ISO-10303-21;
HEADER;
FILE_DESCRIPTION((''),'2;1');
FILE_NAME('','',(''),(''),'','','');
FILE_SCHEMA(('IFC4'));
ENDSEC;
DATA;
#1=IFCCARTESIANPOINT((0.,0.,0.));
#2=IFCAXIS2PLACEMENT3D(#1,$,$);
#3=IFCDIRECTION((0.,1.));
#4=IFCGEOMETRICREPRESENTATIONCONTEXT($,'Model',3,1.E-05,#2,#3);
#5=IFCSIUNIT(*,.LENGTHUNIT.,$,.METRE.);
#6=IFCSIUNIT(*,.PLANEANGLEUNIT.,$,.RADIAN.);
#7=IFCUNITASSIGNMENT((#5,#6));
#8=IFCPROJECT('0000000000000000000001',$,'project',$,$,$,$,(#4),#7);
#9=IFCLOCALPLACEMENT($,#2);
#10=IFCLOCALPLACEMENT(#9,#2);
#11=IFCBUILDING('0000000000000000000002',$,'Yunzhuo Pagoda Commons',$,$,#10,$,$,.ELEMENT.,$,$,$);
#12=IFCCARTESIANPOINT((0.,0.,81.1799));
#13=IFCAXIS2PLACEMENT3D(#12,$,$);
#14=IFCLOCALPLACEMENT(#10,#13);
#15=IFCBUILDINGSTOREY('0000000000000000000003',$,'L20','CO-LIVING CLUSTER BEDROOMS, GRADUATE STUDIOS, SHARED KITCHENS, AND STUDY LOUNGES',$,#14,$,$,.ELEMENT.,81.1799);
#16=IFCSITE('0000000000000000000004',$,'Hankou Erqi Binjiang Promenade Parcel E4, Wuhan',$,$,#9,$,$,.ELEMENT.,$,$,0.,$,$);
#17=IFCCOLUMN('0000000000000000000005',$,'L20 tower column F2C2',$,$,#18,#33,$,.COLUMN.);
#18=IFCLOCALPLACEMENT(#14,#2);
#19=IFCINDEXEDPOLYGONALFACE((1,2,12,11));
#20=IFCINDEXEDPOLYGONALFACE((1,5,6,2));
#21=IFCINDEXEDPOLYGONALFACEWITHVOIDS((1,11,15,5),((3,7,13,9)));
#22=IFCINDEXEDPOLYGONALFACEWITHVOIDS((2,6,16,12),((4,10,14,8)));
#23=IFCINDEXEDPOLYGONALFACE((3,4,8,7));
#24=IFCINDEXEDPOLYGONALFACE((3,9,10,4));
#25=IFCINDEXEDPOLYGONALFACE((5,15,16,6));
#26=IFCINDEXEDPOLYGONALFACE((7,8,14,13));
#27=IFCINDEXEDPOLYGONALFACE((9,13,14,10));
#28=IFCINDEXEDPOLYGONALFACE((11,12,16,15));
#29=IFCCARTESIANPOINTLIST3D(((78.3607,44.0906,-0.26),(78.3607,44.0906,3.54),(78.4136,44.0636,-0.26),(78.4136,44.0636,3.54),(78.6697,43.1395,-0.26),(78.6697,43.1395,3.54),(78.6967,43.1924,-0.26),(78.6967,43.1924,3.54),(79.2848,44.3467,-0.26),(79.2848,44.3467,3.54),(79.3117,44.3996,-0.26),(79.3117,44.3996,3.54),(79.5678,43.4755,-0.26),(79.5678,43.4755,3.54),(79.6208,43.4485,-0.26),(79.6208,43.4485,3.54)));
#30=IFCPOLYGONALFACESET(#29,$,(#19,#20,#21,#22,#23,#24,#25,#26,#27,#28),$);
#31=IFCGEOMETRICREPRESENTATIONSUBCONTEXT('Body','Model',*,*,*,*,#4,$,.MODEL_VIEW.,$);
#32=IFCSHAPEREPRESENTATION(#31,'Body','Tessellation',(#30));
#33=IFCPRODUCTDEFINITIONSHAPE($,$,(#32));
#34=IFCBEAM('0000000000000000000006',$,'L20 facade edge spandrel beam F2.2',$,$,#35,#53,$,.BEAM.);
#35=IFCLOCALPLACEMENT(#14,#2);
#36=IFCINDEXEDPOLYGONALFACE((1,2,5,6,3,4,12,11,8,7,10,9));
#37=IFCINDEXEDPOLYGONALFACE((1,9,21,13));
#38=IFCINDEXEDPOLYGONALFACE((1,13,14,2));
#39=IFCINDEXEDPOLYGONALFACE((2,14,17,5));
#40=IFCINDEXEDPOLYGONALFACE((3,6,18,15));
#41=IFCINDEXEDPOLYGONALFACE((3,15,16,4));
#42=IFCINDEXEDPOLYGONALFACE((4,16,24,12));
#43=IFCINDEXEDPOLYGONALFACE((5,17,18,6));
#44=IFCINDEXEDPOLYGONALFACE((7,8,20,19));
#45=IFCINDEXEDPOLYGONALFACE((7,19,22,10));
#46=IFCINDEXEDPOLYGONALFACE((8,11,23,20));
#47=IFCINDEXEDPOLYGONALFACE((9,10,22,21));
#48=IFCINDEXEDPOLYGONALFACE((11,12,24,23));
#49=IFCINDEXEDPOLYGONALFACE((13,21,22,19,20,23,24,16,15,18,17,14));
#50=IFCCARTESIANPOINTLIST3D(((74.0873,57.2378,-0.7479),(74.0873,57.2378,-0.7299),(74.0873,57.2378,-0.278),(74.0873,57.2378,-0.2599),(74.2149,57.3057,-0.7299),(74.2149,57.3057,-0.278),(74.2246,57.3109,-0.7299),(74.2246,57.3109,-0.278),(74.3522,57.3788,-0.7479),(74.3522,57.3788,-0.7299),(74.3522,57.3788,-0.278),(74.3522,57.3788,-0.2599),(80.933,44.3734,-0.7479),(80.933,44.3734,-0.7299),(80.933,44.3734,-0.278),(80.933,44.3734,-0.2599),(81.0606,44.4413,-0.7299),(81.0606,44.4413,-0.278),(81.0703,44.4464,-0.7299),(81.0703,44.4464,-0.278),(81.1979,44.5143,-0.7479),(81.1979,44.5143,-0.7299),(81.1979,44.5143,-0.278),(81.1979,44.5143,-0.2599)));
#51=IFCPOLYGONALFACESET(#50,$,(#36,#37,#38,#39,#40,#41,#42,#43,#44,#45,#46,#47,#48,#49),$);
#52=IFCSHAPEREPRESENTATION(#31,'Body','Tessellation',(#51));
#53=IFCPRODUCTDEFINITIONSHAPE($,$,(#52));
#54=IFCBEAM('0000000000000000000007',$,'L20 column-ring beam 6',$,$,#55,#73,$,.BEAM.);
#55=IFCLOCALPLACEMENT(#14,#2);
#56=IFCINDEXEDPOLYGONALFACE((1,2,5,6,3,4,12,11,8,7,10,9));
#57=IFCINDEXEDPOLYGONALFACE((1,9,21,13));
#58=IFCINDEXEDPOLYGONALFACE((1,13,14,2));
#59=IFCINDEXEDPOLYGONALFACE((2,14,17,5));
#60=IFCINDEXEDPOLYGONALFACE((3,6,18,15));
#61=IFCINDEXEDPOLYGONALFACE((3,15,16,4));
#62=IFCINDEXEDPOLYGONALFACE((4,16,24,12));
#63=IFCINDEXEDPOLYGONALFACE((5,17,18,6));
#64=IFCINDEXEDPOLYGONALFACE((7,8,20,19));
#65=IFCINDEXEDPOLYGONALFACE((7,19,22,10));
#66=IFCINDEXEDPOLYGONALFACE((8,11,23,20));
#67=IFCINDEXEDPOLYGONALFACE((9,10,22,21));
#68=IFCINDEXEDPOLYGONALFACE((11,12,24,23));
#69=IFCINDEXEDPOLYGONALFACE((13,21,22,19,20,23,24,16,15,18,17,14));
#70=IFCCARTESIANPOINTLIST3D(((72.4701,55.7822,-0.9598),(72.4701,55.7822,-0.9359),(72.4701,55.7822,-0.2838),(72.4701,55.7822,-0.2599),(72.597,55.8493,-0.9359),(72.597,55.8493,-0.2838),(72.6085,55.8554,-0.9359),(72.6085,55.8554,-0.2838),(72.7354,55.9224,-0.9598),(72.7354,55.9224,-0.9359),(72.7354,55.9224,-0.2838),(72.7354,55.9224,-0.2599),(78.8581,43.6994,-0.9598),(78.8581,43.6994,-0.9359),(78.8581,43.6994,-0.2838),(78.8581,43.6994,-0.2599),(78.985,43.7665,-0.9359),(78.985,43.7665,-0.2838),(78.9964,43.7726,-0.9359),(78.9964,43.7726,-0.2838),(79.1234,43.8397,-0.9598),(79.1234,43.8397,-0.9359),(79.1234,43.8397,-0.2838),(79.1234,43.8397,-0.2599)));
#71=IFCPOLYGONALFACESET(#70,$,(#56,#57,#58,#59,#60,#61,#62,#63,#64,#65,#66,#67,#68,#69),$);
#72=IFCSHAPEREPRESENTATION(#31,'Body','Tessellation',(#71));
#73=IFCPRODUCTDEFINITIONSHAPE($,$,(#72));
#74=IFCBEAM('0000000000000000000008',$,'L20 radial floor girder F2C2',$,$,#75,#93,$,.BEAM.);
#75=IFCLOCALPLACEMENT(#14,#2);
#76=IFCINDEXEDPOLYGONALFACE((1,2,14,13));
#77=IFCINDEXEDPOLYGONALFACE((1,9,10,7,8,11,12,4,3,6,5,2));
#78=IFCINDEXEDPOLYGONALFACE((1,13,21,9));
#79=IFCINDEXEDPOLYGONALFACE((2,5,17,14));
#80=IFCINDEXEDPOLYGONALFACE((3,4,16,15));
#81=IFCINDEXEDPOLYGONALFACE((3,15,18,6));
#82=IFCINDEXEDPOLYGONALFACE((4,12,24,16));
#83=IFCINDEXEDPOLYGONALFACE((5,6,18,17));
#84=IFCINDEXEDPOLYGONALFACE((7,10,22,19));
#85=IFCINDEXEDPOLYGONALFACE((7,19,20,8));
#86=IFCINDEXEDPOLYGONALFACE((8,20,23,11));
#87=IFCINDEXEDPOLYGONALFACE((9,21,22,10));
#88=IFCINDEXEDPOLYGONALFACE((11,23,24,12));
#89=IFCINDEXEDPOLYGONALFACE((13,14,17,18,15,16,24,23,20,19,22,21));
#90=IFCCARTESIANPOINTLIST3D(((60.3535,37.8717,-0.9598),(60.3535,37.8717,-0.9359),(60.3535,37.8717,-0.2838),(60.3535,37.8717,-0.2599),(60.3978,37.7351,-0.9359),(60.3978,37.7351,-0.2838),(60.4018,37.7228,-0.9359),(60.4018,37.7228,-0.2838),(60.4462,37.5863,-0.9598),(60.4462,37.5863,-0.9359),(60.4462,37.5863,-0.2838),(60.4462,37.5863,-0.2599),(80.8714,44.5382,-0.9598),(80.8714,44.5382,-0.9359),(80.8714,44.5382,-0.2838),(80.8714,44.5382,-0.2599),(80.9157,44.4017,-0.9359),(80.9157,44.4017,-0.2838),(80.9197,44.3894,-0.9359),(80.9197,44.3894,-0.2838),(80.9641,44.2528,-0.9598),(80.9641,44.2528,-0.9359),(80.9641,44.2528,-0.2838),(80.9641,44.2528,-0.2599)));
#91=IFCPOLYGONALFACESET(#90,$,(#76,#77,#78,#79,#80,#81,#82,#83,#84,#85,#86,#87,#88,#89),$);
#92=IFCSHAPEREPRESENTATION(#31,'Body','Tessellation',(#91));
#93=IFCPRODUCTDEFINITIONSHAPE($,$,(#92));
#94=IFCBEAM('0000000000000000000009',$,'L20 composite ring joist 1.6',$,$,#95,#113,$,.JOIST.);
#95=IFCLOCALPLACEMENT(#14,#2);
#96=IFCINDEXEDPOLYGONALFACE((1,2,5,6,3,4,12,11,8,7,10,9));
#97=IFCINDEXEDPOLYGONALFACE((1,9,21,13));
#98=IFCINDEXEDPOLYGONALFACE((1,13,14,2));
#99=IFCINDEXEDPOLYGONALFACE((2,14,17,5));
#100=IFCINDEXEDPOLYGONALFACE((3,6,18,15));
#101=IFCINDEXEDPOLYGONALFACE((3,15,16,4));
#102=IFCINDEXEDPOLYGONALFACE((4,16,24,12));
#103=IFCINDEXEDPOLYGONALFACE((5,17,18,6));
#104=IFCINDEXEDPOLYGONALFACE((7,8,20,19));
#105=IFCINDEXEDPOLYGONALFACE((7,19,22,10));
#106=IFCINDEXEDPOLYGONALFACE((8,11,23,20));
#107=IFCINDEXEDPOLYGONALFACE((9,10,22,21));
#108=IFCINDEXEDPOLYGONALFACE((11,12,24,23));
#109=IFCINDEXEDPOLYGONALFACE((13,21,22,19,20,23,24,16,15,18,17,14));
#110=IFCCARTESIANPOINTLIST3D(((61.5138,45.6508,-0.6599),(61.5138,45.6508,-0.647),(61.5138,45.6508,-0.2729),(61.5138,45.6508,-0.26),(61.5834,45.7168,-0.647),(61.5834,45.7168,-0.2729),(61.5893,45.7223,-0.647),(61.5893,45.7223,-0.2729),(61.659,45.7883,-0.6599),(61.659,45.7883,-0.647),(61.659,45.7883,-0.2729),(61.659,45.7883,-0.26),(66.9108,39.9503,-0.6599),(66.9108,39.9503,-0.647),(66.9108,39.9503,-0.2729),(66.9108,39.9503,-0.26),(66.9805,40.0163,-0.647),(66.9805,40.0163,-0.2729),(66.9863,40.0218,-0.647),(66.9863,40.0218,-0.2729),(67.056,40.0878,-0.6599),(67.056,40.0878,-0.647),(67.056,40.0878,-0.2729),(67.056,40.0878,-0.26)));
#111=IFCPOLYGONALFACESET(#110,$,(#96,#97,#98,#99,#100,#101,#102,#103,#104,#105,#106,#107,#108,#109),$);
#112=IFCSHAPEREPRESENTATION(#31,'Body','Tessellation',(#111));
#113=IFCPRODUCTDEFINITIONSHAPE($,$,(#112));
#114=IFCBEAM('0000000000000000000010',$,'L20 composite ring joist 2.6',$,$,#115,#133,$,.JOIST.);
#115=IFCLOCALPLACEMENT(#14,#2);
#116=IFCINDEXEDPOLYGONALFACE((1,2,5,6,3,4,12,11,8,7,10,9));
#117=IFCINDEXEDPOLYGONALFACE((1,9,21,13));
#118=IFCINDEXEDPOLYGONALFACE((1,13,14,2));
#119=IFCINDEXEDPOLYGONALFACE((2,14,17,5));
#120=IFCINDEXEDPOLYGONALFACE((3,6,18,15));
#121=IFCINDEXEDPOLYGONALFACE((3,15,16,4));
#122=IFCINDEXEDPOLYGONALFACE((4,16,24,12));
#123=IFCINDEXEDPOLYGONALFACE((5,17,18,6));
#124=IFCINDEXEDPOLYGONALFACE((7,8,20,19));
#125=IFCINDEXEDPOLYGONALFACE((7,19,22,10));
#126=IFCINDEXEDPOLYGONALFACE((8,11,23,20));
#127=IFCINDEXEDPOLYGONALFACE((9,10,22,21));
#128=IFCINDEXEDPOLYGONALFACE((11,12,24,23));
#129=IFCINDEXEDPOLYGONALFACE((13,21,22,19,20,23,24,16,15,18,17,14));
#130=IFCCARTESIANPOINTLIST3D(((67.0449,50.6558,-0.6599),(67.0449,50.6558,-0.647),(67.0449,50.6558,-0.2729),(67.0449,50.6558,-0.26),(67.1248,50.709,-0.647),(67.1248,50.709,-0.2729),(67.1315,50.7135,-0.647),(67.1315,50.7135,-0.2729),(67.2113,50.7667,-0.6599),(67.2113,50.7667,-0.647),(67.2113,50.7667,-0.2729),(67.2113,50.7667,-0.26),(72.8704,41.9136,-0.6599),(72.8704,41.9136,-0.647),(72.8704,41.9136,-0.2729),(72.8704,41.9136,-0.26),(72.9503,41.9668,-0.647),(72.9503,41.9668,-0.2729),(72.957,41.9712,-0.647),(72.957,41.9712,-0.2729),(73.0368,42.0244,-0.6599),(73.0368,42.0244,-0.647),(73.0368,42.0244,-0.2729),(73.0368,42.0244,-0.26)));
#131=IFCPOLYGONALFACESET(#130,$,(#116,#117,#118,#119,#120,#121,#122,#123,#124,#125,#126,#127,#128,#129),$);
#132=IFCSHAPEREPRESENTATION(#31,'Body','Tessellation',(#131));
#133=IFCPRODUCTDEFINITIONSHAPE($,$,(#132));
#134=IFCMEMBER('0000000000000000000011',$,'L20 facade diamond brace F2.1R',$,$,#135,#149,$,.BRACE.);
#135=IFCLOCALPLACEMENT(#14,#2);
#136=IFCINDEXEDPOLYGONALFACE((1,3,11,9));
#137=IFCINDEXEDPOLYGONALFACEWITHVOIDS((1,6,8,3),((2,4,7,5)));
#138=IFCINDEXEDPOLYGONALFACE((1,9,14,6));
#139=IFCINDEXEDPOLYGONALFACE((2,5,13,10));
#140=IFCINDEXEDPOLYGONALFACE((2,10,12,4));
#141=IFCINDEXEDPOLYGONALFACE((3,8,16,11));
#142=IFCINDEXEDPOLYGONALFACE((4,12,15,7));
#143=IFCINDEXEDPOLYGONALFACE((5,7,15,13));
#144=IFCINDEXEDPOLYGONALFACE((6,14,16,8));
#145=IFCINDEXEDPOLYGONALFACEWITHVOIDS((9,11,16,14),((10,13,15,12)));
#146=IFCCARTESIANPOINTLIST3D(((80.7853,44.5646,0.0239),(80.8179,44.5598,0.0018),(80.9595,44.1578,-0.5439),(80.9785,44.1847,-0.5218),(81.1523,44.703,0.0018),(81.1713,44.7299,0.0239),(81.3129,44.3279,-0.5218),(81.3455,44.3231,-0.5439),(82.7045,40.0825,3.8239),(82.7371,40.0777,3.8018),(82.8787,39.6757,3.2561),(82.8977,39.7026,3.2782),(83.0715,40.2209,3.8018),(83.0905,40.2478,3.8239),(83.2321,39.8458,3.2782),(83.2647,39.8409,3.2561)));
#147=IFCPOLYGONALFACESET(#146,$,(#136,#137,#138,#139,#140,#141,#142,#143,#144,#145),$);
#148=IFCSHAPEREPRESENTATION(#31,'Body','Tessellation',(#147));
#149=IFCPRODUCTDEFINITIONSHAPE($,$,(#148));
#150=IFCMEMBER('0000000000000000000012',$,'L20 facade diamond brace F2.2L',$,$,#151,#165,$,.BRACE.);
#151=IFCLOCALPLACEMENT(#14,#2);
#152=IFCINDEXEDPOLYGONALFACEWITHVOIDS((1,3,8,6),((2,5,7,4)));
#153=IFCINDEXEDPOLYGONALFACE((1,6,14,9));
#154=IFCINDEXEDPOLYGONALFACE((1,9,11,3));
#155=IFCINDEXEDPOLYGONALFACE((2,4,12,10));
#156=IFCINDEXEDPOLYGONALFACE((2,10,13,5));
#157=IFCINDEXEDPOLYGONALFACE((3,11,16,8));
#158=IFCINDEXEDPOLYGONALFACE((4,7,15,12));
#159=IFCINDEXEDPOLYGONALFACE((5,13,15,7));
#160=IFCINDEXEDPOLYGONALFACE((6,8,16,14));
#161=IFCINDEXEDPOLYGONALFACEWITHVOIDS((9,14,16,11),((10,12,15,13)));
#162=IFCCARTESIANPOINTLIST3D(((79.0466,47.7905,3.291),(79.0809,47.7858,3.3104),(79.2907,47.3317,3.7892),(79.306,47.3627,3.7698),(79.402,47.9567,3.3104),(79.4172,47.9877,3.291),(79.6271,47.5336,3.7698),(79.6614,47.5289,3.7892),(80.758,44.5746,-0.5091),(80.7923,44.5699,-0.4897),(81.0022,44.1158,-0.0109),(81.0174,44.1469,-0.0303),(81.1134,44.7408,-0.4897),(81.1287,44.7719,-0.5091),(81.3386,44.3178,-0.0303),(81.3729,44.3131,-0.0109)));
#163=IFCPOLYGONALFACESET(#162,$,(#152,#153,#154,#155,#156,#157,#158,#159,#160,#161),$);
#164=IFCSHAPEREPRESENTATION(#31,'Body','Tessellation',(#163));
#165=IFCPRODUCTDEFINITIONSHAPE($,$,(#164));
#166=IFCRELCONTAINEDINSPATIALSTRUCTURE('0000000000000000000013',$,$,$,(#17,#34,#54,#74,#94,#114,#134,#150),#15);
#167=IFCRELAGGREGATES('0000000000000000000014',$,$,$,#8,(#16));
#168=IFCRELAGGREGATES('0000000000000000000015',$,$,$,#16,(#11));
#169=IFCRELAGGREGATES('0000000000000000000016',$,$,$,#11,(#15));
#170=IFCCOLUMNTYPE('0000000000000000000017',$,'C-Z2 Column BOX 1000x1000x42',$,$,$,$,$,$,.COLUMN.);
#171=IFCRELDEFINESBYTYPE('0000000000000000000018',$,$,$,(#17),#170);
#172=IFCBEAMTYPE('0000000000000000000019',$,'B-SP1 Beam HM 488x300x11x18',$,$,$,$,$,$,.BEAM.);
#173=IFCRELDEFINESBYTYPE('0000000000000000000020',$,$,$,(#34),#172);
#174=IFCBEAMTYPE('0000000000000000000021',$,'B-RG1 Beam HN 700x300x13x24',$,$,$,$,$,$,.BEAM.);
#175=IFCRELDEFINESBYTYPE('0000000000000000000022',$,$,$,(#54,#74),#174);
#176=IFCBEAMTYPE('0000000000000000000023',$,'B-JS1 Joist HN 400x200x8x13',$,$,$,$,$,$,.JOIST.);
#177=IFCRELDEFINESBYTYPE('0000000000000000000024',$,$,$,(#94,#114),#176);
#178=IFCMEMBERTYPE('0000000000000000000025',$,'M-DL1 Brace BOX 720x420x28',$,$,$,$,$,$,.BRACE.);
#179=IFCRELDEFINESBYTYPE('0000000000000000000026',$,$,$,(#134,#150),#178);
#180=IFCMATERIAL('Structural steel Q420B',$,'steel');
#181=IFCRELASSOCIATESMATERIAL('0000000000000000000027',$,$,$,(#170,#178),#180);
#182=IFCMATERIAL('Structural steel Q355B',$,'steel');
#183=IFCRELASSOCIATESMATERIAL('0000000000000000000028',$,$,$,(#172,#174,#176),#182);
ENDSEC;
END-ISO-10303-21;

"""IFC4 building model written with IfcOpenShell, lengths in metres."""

from ifc_helpers import new_model, si_unit, direction, frame, origin, origin_2d, place, context, subcontext, project, spatial, hollow_rectangle, i_section, extrude, source, transform, mapped, material, material_profile, profile_set, type_object, element, save


model = new_model("IFC4")

# Units and contexts
model_context = context("Model", 3, precision=1e-05, world=origin(), true_north=direction((0.0, 1.0)))
body_context = subcontext(model_context, "Body", "Model", "MODEL_VIEW")
ifc_project = project(units=[si_unit("LENGTHUNIT", "METRE"), si_unit("PLANEANGLEUNIT", "RADIAN")], contexts=[model_context])

# Site, building, storey
site_placement = place(None, origin())
site = spatial("IfcSite", under=ifc_project, at=site_placement, Name="Hankou Erqi Binjiang Promenade Parcel E4, Wuhan", CompositionType="ELEMENT", RefElevation=0.0)
building_placement = place(site_placement, origin())
building = spatial("IfcBuilding", under=site, at=building_placement, Name="Yunzhuo Pagoda Commons", CompositionType="ELEMENT")
storey_placement = place(building_placement, frame((0.0, 0.0, 81.1799)))
storey = spatial("IfcBuildingStorey", under=building, at=storey_placement, Name="L20", Description="CO-LIVING CLUSTER BEDROOMS, GRADUATE STUDIOS, SHARED KITCHENS, AND STUDY LOUNGES", CompositionType="ELEMENT", Elevation=81.1799)

# Column
ifc_material_1 = material(Name="Structural steel Q420B", Category="steel")
ifc_material_profile_1 = material_profile(ifc_material_1, hollow_rectangle(XDim=1.0, YDim=1.0, WallThickness=0.042, at=origin_2d()), Name="Structural steel Q420B")
ifc_profile_set_1 = profile_set([ifc_material_profile_1], Name="Structural steel Q420B")
column_type = type_object("IfcColumnType", Name="C-Z2 Column BOX 1000x1000x42", PredefinedType="COLUMN", material=ifc_profile_set_1)
shared_shape_1 = source(origin(), body_context, "Body", "SweptSolid", [
    extrude(hollow_rectangle(XDim=1.0, YDim=1.0, WallThickness=0.042, at=origin_2d()), origin(), (0.0, 0.0, 1.0), 3.8),
])
column_placement = place(storey_placement, frame((78.9907, 43.7695, -0.26), z_axis=(0.0, 0.0, 1.0), x_axis=(-0.309017, 0.951057, 0.0)))
element("IfcColumn", 1, at=column_placement, inside=storey, type_object=column_type, Name="L20 tower column F2C2", PredefinedType="COLUMN", context=body_context, shape_type="MappedRepresentation", body=[
    mapped(shared_shape_1, transform((0.0, 0.0, 0.0), scale=1.0)),
])

# Beams
ifc_material_2 = material(Name="Structural steel Q355B", Category="steel")
ifc_material_profile_2 = material_profile(ifc_material_2, i_section(OverallWidth=0.3, OverallDepth=0.488, WebThickness=0.011, FlangeThickness=0.0181, at=origin_2d()), Name="Structural steel Q355B")
ifc_profile_set_2 = profile_set([ifc_material_profile_2], Name="Structural steel Q355B")
beam_type_1 = type_object("IfcBeamType", Name="B-SP1 Beam HM 488x300x11x18", PredefinedType="BEAM", material=ifc_profile_set_2)
shared_shape_2 = source(origin(), body_context, "Body", "SweptSolid", [
    extrude(i_section(OverallWidth=0.3, OverallDepth=0.488, WebThickness=0.011, FlangeThickness=0.0181, at=origin_2d()), origin(), (0.0, 0.0, 1.0), 14.5725),
])
beam_1_placement = place(storey_placement, frame((81.0654, 44.4438, -0.5039), z_axis=(-0.469767, 0.88279, 0.0), x_axis=(-0.88279, -0.469767, 0.0)))
element("IfcBeam", 2, at=beam_1_placement, inside=storey, type_object=beam_type_1, Name="L20 facade edge spandrel beam F2.2", PredefinedType="BEAM", context=body_context, shape_type="MappedRepresentation", body=[
    mapped(shared_shape_2, transform((0.0, 0.0, 0.0), scale=1.0)),
])
ifc_material_profile_3 = material_profile(ifc_material_2, i_section(OverallWidth=0.3, OverallDepth=0.7, WebThickness=0.0129, FlangeThickness=0.0239, at=origin_2d()), Name="Structural steel Q355B")
ifc_profile_set_3 = profile_set([ifc_material_profile_3], Name="Structural steel Q355B")
beam_type_2 = type_object("IfcBeamType", Name="B-RG1 Beam HN 700x300x13x24", PredefinedType="BEAM", material=ifc_profile_set_3)
shared_shape_3 = source(origin(), body_context, "Body", "SweptSolid", [
    extrude(i_section(OverallWidth=0.3, OverallDepth=0.7, WebThickness=0.0129, FlangeThickness=0.0239, at=origin_2d()), origin(), (0.0, 0.0, 1.0), 13.6675),
])
beam_2_placement = place(storey_placement, frame((78.9907, 43.7695, -0.6099), z_axis=(-0.467384, 0.884055, 0.0), x_axis=(-0.884055, -0.467384, 0.0)))
element("IfcBeam", 3, at=beam_2_placement, inside=storey, type_object=beam_type_2, Name="L20 column-ring beam 6", PredefinedType="BEAM", context=body_context, shape_type="MappedRepresentation", body=[
    mapped(shared_shape_3, transform((0.0, 0.0, 0.0), scale=1.0)),
])
shared_shape_4 = source(origin(), body_context, "Body", "SweptSolid", [
    extrude(i_section(OverallWidth=0.3, OverallDepth=0.7, WebThickness=0.0129, FlangeThickness=0.0239, at=origin_2d()), origin(), (0.0, 0.0, 1.0), 21.5737),
])
beam_3_placement = place(storey_placement, frame((80.9177, 44.3955, -0.6099), z_axis=(-0.951058, -0.309011, 0.0), x_axis=(0.309011, -0.951058, 0.0)))
element("IfcBeam", 4, at=beam_3_placement, inside=storey, type_object=beam_type_2, Name="L20 radial floor girder F2C2", PredefinedType="BEAM", context=body_context, shape_type="MappedRepresentation", body=[
    mapped(shared_shape_4, transform((0.0, 0.0, 0.0), scale=1.0)),
])
ifc_material_profile_4 = material_profile(ifc_material_2, i_section(OverallWidth=0.2, OverallDepth=0.3999, WebThickness=0.0081, FlangeThickness=0.0129, at=origin_2d()), Name="Structural steel Q355B")
ifc_profile_set_4 = profile_set([ifc_material_profile_4], Name="Structural steel Q355B")
beam_type_3 = type_object("IfcBeamType", Name="B-JS1 Joist HN 400x200x8x13", PredefinedType="JOIST", material=ifc_profile_set_4)
shared_shape_5 = source(origin(), body_context, "Body", "SweptSolid", [
    extrude(i_section(OverallWidth=0.2, OverallDepth=0.3999, WebThickness=0.0081, FlangeThickness=0.0129, at=origin_2d()), origin(), (0.0, 0.0, 1.0), 7.8501),
])
beam_4_placement = place(storey_placement, frame((66.9834, 40.019, -0.46), z_axis=(-0.687513, 0.726172, 0.0), x_axis=(-0.726172, -0.687513, 0.0)))
element("IfcBeam", 5, at=beam_4_placement, inside=storey, type_object=beam_type_3, Name="L20 composite ring joist 1.6", PredefinedType="JOIST", context=body_context, shape_type="MappedRepresentation", body=[
    mapped(shared_shape_5, transform((0.0, 0.0, 0.0), scale=1.0)),
])
shared_shape_6 = source(origin(), body_context, "Body", "SweptSolid", [
    extrude(i_section(OverallWidth=0.2, OverallDepth=0.3999, WebThickness=0.0081, FlangeThickness=0.0129, at=origin_2d()), origin(), (0.0, 0.0, 1.0), 10.5054),
])
beam_5_placement = place(storey_placement, frame((72.9536, 41.969, -0.46), z_axis=(-0.554523, 0.832168, 0.0), x_axis=(-0.832168, -0.554523, 0.0)))
element("IfcBeam", 6, at=beam_5_placement, inside=storey, type_object=beam_type_3, Name="L20 composite ring joist 2.6", PredefinedType="JOIST", context=body_context, shape_type="MappedRepresentation", body=[
    mapped(shared_shape_6, transform((0.0, 0.0, 0.0), scale=1.0)),
])

# Members
ifc_material_profile_5 = material_profile(ifc_material_1, hollow_rectangle(XDim=0.4199, YDim=0.72, WallThickness=0.0281, at=origin_2d()), Name="Structural steel Q420B")
ifc_profile_set_5 = profile_set([ifc_material_profile_5], Name="Structural steel Q420B")
member_type_1 = type_object("IfcMemberType", Name="M-DL1 Brace BOX 720x420x28", PredefinedType="BRACE", material=ifc_profile_set_5)
shared_shape_7 = source(origin(), body_context, "Body", "SweptSolid", [
    extrude(hollow_rectangle(XDim=0.4199, YDim=0.72, WallThickness=0.0281, at=origin_2d()), origin(), (0.0, 0.0, 1.0), 6.1816),
])
member_1_placement = place(storey_placement, frame((81.0654, 44.4438, -0.26), z_axis=(0.310462, -0.72507, 0.614724), x_axis=(0.919274, 0.393617, 0.0)))
element("IfcMember", 7, at=member_1_placement, inside=storey, type_object=member_type_1, Name="L20 facade diamond brace F2.1R", PredefinedType="BRACE", context=body_context, shape_type="MappedRepresentation", body=[
    mapped(shared_shape_7, transform((0.0, 0.0, 0.0), scale=1.0)),
])
shared_shape_8 = source(origin(), body_context, "Body", "SweptSolid", [
    extrude(hollow_rectangle(XDim=0.4199, YDim=0.72, WallThickness=0.0281, at=origin_2d()), origin(), (0.0, 0.0, 1.0), 5.2642),
])
member_2_placement = place(storey_placement, frame((81.0654, 44.4438, -0.26), z_axis=(-0.325112, 0.610895, 0.721879), x_axis=(-0.882772, -0.469802, 0.0)))
element("IfcMember", 8, at=member_2_placement, inside=storey, type_object=member_type_1, Name="L20 facade diamond brace F2.2L", PredefinedType="BRACE", context=body_context, shape_type="MappedRepresentation", body=[
    mapped(shared_shape_8, transform((0.0, 0.0, 0.0), scale=1.0)),
])

save(model, "model.ifc")
